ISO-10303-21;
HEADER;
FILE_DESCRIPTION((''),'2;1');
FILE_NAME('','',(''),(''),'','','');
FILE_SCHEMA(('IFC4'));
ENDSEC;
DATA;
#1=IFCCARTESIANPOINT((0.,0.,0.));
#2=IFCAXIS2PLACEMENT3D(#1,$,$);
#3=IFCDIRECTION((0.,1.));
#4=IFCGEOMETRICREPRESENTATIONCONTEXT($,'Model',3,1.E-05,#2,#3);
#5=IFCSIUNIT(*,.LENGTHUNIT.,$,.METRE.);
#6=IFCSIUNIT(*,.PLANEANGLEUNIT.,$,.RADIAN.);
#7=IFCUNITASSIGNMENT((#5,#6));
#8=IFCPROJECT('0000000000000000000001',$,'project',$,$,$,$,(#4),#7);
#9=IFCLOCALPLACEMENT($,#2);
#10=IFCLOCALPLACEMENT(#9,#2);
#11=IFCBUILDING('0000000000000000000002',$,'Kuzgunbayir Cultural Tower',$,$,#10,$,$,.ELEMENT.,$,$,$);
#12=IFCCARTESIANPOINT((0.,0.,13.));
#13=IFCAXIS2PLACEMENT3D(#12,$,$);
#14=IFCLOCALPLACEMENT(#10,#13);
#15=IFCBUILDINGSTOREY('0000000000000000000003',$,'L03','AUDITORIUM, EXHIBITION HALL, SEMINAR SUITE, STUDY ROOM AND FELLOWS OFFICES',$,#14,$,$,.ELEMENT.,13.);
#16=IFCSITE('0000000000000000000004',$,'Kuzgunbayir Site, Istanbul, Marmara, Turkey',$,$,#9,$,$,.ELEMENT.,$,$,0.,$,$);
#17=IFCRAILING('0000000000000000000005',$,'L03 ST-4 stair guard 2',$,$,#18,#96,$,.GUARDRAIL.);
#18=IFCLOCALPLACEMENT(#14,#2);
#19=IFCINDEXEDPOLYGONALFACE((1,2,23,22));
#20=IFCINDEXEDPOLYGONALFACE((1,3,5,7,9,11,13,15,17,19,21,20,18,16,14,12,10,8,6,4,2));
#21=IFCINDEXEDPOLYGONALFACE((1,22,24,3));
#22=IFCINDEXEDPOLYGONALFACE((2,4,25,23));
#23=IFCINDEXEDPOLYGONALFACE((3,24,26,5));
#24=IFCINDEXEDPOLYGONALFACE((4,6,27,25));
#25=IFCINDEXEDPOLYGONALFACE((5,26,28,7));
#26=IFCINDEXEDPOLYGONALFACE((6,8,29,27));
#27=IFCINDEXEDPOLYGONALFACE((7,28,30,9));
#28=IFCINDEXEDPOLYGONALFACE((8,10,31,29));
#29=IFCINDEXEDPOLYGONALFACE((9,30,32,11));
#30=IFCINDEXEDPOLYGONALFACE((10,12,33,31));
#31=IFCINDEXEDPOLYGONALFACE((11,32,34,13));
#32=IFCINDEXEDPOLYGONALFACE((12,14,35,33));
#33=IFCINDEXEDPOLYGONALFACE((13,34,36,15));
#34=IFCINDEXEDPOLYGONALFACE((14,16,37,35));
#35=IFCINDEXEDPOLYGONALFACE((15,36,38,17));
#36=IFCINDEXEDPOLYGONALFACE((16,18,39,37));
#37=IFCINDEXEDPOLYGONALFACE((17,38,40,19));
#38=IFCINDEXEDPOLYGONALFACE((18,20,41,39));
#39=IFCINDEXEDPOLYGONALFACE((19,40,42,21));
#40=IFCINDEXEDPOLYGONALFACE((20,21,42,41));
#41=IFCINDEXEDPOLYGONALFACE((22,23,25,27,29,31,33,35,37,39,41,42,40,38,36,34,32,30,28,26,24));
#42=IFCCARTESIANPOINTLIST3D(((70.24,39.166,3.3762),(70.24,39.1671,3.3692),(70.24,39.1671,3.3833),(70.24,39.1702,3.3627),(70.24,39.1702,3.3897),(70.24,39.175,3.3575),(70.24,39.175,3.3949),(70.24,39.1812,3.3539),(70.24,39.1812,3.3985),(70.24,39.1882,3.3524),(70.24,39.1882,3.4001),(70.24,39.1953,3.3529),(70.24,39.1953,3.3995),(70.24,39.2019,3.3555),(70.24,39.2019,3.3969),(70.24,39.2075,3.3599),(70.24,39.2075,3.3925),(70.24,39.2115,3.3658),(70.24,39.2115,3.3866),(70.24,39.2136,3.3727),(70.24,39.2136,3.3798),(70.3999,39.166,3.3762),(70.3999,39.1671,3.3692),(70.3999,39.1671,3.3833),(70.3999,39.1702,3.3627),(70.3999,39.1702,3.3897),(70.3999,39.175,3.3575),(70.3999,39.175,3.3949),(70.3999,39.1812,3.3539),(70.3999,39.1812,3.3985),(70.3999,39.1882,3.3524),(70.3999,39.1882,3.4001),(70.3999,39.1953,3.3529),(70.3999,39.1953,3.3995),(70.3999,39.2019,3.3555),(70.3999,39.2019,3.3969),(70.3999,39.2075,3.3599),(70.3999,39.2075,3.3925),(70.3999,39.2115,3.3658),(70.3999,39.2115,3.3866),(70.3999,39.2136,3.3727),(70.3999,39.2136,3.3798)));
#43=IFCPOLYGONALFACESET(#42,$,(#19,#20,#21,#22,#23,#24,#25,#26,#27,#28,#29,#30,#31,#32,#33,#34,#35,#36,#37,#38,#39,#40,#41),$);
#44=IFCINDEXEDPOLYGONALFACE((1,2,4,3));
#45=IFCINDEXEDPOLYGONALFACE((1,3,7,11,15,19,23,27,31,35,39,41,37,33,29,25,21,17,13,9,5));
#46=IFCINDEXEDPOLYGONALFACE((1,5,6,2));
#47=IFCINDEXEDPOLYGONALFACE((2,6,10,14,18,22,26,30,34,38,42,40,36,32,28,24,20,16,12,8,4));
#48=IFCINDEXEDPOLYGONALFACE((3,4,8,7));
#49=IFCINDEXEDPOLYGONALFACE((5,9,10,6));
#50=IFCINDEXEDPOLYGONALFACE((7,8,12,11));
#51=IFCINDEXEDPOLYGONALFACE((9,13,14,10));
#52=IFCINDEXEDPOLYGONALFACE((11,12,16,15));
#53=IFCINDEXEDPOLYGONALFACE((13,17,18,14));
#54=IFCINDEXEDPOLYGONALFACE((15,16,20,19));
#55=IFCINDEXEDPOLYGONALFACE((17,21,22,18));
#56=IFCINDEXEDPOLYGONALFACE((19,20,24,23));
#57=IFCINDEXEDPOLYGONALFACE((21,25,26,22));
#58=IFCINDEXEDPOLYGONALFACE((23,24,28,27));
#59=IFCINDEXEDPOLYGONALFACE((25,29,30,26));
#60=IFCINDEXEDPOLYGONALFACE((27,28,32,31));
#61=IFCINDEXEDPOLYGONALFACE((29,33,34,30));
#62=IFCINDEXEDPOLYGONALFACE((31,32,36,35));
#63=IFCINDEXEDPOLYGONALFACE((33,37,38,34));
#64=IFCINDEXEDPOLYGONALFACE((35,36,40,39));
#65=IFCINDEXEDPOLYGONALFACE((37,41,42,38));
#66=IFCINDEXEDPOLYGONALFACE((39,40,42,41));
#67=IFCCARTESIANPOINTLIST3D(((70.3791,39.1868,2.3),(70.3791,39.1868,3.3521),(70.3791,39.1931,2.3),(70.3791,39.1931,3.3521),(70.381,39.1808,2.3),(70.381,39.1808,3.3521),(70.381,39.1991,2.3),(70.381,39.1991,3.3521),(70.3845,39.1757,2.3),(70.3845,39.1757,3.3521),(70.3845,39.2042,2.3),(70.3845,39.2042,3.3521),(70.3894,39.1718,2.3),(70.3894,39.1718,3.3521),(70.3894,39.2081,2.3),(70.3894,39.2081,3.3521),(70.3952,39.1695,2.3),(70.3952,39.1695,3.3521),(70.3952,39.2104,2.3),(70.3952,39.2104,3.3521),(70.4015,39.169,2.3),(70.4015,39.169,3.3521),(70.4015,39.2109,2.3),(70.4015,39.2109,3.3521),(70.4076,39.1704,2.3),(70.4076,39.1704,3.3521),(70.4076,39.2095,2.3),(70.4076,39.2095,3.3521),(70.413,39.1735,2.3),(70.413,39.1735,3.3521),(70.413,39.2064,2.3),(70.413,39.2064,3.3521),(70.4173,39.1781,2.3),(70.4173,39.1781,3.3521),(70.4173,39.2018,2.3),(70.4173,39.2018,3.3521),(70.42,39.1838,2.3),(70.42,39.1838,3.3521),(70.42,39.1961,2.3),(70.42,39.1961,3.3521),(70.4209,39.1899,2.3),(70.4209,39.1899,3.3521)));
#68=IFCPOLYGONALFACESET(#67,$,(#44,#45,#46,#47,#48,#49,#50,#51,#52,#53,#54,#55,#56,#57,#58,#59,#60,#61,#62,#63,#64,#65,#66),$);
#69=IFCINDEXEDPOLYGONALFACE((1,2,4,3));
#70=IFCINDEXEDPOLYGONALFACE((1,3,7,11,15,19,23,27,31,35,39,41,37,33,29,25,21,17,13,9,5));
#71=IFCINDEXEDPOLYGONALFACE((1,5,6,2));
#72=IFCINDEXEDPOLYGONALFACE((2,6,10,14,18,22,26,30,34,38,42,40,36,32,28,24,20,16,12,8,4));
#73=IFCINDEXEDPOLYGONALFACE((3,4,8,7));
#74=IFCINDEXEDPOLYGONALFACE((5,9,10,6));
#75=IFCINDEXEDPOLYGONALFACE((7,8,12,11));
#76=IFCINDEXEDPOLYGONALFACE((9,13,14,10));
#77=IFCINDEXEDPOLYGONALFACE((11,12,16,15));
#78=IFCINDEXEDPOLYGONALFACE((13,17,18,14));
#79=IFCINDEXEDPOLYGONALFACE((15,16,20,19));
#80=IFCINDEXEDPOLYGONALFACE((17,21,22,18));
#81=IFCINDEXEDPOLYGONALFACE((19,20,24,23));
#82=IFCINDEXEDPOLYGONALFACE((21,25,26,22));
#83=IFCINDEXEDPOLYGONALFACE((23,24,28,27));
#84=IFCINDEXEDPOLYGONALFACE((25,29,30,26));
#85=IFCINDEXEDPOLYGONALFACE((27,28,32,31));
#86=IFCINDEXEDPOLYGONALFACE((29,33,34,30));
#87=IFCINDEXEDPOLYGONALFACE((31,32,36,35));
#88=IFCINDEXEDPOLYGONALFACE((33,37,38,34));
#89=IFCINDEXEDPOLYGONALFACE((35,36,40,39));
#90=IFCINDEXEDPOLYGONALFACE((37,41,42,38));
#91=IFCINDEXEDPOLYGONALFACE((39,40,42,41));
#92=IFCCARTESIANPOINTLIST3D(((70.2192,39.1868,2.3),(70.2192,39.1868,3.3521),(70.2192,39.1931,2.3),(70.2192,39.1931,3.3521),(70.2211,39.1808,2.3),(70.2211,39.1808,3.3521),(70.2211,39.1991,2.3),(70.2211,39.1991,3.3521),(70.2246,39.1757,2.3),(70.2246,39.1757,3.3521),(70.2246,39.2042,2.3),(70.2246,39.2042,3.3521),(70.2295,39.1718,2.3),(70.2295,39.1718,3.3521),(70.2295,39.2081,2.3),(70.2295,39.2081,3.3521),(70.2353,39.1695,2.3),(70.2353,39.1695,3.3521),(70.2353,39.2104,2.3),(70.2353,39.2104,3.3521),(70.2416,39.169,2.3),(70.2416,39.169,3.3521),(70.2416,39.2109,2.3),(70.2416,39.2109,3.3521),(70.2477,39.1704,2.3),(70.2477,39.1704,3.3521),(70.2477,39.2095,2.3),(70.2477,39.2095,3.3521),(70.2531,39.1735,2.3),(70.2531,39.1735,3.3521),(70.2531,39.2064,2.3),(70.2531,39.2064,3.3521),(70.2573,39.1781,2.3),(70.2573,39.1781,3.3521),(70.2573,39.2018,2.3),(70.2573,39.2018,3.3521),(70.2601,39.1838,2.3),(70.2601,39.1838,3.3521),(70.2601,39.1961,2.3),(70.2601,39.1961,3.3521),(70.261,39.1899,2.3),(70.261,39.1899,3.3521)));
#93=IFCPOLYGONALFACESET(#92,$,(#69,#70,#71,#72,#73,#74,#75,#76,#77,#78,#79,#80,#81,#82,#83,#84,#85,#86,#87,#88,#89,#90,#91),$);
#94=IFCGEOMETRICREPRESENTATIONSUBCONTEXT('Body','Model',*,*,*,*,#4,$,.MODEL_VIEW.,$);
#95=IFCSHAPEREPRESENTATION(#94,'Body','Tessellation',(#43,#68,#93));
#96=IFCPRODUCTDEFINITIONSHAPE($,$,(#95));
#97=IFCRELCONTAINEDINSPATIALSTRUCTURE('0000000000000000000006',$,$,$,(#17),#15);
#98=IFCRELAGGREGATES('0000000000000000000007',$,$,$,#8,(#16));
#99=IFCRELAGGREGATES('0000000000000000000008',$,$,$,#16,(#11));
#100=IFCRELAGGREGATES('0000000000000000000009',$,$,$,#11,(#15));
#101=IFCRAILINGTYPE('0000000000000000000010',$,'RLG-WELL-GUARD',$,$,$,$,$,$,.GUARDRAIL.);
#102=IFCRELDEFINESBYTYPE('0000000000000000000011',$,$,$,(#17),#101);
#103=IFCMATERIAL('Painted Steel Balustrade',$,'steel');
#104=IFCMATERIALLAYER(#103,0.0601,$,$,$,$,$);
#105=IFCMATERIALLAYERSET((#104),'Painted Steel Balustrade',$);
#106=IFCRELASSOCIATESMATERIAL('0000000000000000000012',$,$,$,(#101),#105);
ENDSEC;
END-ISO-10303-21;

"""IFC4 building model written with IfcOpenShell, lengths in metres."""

from ifc_helpers import new_model, si_unit, direction, frame, origin, origin_2d, place, context, subcontext, project, spatial, circle, extrude, material, layer, layer_set, type_object, element, save


model = new_model("IFC4")

# Units and contexts
model_context = context("Model", 3, precision=1e-05, world=origin(), true_north=direction((0.0, 1.0)))
body_context = subcontext(model_context, "Body", "Model", "MODEL_VIEW")
ifc_project = project(units=[si_unit("LENGTHUNIT", "METRE"), si_unit("PLANEANGLEUNIT", "RADIAN")], contexts=[model_context])

# Site, building, storey
site_placement = place(None, origin())
site = spatial("IfcSite", under=ifc_project, at=site_placement, Name="Kuzgunbayir Site, Istanbul, Marmara, Turkey", CompositionType="ELEMENT", RefElevation=0.0)
building_placement = place(site_placement, origin())
building = spatial("IfcBuilding", under=site, at=building_placement, Name="Kuzgunbayir Cultural Tower", CompositionType="ELEMENT")
storey_placement = place(building_placement, frame((0.0, 0.0, 13.0)))
storey = spatial("IfcBuildingStorey", under=building, at=storey_placement, Name="L03", Description="AUDITORIUM, EXHIBITION HALL, SEMINAR SUITE, STUDY ROOM AND FELLOWS OFFICES", CompositionType="ELEMENT", Elevation=13.0)

# Railing
ifc_material_1 = material(Name="Painted Steel Balustrade", Category="steel")
ifc_layer_1 = layer(ifc_material_1, 0.0601)
ifc_layer_set_1 = layer_set([ifc_layer_1], Name="Painted Steel Balustrade")
railing_type_1 = type_object("IfcRailingType", Name="RLG-WELL-GUARD", PredefinedType="GUARDRAIL", material=ifc_layer_set_1)
railing_1_placement = place(storey_placement, frame((70.3999, 39.1899, 2.3)))
element("IfcRailing", 1, at=railing_1_placement, inside=storey, type_object=railing_type_1, Name="L03 ST-4 stair guard 2", PredefinedType="GUARDRAIL", context=body_context, shape_type="SweptSolid", body=[
    extrude(circle(Radius=0.0239, at=origin_2d()), frame((0.0, 0.0, 1.0762), z_axis=(-1.0, 0.0, 0.0), x_axis=(0.0, -1.0, 0.0)), (0.0, 0.0, 1.0), 0.1599),
    extrude(circle(Radius=0.021, at=origin_2d()), origin(), (0.0, 0.0, 1.0), 1.052),
    extrude(circle(Radius=0.021, at=origin_2d()), frame((-0.1599, 0.0, 0.0)), (0.0, 0.0, 1.0), 1.052),
])

save(model, "model.ifc")
